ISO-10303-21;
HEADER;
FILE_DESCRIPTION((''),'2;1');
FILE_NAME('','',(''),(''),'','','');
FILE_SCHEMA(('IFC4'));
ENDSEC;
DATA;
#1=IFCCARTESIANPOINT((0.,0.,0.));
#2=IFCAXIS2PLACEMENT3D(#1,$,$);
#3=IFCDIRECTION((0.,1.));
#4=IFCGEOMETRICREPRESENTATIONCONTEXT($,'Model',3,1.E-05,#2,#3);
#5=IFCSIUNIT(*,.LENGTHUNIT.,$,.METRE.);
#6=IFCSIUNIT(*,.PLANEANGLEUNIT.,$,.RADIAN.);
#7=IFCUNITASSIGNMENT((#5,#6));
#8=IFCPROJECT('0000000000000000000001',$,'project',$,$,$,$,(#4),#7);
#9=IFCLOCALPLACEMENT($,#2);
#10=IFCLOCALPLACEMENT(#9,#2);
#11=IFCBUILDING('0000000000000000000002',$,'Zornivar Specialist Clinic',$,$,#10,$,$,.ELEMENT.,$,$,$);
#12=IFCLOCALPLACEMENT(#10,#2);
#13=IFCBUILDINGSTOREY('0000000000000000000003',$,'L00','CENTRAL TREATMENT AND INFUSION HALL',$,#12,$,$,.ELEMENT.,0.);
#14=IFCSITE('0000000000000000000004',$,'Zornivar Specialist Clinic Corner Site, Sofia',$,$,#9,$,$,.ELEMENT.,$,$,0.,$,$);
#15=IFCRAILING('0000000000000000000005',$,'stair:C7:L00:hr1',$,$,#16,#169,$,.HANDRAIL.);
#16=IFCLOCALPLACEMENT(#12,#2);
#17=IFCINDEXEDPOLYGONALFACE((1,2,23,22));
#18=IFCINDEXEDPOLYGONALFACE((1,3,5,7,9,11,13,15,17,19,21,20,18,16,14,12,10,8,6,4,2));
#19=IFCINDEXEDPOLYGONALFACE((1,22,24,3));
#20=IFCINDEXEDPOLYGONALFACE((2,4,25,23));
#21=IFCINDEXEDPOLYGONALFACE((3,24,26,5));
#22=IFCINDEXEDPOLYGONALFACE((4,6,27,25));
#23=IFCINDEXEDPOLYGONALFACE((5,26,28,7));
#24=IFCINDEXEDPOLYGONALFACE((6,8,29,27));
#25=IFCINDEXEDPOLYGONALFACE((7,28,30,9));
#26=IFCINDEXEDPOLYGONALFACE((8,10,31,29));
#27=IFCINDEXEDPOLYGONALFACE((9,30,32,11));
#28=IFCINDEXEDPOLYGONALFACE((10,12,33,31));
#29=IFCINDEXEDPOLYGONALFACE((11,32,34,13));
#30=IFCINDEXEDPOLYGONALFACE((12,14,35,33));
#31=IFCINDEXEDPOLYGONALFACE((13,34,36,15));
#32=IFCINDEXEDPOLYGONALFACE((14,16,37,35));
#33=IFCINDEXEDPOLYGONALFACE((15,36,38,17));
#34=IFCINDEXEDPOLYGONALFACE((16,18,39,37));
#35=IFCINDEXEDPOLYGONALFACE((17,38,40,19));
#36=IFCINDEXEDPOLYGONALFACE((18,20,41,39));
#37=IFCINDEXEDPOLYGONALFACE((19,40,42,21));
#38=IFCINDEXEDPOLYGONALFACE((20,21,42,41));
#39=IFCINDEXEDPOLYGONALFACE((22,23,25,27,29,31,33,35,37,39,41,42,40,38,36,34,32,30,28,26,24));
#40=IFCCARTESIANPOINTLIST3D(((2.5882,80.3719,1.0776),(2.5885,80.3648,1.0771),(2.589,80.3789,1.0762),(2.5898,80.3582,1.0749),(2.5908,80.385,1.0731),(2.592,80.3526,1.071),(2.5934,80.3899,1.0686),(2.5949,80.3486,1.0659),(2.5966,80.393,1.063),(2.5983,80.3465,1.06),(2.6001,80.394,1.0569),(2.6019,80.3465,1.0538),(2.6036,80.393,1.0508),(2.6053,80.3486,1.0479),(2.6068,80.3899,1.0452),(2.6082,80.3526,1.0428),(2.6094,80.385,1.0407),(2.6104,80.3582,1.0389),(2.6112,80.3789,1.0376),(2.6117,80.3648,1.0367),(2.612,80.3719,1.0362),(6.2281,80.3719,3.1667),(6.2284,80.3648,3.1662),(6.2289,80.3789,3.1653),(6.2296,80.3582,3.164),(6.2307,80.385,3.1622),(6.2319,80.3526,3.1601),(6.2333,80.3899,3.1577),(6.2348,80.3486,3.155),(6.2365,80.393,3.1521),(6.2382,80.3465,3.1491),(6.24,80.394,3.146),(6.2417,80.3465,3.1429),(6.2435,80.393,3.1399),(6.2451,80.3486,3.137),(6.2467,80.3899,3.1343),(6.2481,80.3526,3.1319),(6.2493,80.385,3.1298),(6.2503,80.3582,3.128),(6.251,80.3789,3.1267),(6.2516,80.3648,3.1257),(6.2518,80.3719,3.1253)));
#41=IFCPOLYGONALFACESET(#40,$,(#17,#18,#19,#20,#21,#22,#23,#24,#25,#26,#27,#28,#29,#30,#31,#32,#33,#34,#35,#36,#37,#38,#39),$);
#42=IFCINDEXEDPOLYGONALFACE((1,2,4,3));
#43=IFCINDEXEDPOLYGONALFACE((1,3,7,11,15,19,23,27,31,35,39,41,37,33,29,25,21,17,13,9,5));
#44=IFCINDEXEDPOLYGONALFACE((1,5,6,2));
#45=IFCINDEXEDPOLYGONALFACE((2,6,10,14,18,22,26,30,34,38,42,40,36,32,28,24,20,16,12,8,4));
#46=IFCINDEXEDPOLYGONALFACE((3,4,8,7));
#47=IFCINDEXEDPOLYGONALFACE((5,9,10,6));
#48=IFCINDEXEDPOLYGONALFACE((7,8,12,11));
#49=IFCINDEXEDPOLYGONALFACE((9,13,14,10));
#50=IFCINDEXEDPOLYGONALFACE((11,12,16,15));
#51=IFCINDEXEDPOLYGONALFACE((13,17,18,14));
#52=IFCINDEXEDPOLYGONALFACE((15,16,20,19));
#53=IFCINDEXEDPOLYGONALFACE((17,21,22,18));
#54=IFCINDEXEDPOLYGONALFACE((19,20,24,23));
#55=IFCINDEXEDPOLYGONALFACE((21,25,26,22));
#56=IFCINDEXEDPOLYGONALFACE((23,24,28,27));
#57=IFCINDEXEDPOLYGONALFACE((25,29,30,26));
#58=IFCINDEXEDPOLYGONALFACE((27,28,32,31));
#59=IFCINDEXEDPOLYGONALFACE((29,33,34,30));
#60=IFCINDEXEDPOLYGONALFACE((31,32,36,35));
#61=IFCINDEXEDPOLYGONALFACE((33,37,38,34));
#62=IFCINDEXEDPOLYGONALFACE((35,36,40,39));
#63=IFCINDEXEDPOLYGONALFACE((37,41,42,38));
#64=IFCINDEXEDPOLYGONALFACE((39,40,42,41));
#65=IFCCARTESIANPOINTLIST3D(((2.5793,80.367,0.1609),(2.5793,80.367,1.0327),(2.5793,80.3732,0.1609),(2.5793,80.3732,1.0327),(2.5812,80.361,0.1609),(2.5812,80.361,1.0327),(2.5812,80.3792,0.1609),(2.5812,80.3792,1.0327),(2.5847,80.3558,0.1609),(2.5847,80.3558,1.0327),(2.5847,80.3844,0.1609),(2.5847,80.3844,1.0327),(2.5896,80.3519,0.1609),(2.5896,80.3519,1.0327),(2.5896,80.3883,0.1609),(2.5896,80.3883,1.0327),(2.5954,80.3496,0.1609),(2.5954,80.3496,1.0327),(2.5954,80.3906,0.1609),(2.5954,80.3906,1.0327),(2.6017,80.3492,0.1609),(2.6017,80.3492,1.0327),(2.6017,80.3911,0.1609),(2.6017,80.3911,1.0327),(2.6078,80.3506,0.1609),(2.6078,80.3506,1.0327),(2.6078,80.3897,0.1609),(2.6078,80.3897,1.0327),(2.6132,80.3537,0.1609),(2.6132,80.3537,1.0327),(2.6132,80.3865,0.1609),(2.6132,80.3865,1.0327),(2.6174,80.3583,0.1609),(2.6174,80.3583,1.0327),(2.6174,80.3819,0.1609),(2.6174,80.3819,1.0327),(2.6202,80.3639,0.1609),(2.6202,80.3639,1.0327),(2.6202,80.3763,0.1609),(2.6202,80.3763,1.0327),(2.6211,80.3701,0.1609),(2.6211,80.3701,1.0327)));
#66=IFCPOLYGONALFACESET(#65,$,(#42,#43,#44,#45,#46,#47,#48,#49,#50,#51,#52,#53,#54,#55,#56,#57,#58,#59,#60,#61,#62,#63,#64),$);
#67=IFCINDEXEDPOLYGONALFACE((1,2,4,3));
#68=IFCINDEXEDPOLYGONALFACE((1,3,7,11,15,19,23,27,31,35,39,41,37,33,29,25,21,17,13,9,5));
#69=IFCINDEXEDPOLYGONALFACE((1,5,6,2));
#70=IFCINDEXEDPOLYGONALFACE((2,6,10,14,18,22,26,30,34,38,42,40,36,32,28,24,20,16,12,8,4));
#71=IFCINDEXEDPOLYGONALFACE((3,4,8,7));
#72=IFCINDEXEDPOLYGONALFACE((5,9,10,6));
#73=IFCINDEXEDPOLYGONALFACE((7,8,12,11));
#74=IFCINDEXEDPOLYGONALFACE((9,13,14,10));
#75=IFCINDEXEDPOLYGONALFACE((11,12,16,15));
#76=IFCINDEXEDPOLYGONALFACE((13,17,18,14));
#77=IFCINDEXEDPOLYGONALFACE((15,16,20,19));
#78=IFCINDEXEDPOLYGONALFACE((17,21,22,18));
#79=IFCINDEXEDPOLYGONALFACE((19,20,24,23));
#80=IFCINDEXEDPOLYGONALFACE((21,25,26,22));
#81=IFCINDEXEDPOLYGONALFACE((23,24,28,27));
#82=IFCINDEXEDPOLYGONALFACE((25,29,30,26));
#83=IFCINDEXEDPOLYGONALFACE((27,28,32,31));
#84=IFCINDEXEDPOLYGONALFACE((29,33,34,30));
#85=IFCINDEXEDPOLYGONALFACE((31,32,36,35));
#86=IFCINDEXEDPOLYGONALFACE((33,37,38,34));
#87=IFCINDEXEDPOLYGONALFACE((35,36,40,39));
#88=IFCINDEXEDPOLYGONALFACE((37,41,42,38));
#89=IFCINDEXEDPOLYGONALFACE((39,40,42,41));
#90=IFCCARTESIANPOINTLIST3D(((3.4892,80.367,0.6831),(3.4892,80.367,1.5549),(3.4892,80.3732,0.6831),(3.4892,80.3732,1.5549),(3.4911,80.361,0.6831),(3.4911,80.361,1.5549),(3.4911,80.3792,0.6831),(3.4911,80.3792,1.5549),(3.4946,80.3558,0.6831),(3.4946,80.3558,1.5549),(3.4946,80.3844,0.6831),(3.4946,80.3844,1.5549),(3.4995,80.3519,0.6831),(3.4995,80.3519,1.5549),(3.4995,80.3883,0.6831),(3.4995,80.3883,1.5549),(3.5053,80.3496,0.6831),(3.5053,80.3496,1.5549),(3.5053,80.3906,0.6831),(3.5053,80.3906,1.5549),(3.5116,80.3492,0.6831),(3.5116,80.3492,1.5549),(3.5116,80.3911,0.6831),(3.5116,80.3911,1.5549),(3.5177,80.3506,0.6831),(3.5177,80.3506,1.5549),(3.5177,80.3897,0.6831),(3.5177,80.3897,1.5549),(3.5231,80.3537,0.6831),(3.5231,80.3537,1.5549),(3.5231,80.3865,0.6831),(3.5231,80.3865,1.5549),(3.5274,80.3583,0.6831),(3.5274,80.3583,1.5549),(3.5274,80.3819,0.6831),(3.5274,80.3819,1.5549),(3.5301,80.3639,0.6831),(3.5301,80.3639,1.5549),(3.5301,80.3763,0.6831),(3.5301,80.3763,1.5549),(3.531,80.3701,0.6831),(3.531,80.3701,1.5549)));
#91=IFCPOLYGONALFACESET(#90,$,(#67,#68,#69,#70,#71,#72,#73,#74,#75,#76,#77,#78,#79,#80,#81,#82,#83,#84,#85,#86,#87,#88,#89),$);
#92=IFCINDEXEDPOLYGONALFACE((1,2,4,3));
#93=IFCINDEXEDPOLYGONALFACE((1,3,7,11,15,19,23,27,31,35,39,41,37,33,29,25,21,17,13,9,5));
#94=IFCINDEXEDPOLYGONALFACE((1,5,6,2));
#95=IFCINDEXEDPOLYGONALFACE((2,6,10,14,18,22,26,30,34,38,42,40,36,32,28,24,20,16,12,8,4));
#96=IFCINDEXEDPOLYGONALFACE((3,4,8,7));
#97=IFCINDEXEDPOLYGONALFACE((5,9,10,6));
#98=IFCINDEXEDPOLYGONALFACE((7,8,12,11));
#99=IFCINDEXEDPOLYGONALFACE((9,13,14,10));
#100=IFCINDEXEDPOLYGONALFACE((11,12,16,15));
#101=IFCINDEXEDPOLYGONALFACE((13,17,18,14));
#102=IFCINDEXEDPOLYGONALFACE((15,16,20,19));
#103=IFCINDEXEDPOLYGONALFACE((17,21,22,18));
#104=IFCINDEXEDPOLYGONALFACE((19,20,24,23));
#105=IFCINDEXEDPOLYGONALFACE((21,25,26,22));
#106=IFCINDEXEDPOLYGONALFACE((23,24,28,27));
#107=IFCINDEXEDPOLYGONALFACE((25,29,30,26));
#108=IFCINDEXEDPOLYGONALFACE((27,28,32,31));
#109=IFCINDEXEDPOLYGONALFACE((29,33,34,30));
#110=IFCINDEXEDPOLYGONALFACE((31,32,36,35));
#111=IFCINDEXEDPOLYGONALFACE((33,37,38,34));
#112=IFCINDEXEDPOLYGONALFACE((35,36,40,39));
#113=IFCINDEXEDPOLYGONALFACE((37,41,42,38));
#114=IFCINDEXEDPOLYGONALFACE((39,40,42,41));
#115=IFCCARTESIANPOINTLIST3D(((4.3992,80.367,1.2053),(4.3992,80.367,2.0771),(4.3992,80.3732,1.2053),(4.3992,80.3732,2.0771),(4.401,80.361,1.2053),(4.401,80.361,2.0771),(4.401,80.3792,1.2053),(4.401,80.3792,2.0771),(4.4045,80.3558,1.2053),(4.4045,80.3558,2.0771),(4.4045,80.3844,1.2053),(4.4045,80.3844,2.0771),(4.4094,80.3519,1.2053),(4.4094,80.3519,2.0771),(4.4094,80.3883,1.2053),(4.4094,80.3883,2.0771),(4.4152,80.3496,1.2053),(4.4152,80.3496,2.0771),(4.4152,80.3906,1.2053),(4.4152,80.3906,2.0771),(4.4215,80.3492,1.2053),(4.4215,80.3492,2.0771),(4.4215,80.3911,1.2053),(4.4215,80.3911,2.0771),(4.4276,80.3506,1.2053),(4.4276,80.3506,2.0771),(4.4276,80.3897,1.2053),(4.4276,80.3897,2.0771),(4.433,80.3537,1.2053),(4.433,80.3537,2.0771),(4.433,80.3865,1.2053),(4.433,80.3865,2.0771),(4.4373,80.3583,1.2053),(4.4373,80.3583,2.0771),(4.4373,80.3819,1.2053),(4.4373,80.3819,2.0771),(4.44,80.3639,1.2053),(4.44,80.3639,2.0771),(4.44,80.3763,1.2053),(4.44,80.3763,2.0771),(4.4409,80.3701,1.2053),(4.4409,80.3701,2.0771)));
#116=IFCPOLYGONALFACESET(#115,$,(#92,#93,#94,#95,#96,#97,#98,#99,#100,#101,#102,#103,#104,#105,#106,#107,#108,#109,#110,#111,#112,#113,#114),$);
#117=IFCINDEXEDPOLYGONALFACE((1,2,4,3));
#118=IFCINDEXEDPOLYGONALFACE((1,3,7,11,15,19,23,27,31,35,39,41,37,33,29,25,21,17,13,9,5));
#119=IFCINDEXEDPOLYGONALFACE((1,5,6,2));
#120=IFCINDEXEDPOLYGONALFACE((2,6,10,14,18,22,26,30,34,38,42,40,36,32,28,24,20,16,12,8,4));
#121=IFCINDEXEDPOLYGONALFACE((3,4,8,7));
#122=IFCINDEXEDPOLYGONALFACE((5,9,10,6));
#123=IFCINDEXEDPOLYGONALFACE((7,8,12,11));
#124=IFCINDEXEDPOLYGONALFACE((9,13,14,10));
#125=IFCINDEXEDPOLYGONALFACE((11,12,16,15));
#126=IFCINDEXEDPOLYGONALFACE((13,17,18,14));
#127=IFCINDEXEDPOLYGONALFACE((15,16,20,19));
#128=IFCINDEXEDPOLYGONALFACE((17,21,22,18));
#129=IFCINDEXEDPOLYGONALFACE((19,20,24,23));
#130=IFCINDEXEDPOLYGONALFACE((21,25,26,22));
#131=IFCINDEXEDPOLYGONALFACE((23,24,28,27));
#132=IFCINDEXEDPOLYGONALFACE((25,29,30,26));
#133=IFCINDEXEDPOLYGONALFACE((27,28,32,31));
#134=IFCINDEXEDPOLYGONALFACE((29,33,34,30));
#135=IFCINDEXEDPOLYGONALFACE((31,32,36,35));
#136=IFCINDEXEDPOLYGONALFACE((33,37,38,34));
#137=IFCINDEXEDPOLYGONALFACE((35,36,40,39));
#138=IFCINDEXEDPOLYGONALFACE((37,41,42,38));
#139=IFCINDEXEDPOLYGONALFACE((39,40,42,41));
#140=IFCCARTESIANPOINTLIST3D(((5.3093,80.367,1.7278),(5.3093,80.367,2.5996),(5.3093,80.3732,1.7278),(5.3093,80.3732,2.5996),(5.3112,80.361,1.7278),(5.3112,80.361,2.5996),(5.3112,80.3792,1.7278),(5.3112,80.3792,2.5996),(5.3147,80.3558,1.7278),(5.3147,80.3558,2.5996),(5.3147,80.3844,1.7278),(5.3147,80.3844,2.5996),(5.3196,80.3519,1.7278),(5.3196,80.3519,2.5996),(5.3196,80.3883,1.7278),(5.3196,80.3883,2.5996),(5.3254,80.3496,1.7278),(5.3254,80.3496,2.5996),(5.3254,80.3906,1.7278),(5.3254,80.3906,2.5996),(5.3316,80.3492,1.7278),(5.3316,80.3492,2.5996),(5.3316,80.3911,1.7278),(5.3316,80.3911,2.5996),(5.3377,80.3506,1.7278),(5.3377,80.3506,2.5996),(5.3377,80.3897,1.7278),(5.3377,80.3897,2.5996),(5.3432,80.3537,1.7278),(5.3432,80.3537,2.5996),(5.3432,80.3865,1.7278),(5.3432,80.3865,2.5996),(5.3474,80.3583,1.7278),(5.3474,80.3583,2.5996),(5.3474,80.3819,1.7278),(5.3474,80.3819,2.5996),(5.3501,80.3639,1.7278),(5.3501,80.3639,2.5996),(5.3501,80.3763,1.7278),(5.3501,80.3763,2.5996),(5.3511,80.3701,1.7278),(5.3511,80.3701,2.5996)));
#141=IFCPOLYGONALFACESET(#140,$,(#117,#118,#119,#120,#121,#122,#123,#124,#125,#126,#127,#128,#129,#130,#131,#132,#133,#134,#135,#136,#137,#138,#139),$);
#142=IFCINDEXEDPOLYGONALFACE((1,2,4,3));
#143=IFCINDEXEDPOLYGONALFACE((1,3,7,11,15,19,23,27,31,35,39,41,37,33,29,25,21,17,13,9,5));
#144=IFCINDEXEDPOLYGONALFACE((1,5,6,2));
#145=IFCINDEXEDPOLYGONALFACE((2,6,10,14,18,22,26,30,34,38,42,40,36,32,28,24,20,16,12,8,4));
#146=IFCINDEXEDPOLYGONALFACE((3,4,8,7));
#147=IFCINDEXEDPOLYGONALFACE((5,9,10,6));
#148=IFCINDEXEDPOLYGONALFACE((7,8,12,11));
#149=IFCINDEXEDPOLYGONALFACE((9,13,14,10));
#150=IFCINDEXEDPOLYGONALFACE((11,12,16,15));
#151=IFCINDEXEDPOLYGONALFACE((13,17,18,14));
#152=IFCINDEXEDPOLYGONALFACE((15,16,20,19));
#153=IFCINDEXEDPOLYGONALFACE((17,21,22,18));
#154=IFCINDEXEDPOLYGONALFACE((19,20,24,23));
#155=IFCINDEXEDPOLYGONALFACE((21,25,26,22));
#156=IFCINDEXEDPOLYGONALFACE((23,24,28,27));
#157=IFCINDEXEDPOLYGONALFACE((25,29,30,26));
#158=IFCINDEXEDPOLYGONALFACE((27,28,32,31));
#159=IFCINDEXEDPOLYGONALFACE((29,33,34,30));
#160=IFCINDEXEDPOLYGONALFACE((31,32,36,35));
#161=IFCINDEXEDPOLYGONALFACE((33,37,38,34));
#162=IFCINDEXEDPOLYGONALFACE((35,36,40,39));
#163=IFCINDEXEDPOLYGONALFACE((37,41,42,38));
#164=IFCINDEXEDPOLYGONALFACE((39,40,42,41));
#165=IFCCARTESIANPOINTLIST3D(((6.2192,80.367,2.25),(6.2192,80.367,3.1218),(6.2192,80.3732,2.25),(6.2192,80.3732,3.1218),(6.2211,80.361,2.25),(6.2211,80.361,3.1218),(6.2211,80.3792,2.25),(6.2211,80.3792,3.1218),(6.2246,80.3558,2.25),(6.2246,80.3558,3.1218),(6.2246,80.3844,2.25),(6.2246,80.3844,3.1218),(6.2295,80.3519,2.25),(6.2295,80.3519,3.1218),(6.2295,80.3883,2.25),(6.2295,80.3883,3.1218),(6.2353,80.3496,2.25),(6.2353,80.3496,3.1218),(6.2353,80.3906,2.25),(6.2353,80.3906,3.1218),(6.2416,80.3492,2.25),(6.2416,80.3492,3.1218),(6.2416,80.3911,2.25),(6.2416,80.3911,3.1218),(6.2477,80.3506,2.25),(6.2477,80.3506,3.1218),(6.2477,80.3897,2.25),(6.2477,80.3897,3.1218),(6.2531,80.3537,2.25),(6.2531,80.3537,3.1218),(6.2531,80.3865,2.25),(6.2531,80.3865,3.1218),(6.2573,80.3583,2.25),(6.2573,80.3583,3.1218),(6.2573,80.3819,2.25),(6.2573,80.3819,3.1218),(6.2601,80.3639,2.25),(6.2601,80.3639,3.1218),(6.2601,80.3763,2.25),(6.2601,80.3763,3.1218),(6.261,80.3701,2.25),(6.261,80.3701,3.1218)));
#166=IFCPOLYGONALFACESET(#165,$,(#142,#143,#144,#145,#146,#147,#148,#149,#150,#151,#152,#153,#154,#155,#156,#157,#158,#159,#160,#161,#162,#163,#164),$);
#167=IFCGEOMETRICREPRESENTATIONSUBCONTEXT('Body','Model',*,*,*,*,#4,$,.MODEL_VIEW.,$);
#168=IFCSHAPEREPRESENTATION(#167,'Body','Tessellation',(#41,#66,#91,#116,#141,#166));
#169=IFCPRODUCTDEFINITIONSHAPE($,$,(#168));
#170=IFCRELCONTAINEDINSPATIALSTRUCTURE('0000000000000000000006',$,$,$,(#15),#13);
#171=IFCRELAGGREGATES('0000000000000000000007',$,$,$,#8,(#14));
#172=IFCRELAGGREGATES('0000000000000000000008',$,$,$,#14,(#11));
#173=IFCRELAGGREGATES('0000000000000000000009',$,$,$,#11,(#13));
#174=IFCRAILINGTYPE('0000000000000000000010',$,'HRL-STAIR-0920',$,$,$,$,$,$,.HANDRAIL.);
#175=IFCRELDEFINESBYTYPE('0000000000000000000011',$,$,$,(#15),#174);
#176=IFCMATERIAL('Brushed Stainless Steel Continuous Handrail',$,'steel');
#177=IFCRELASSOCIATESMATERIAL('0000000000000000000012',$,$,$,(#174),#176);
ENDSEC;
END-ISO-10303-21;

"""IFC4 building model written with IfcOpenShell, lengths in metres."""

from ifc_helpers import new_model, si_unit, direction, frame, origin, origin_2d, place, context, subcontext, project, spatial, circle, extrude, material, type_object, element, save


model = new_model("IFC4")

# Units and contexts
model_context = context("Model", 3, precision=1e-05, world=origin(), true_north=direction((0.0, 1.0)))
body_context = subcontext(model_context, "Body", "Model", "MODEL_VIEW")
ifc_project = project(units=[si_unit("LENGTHUNIT", "METRE"), si_unit("PLANEANGLEUNIT", "RADIAN")], contexts=[model_context])

# Site, building, storey
site_placement = place(None, origin())
site = spatial("IfcSite", under=ifc_project, at=site_placement, Name="Zornivar Specialist Clinic Corner Site, Sofia", CompositionType="ELEMENT", RefElevation=0.0)
building_placement = place(site_placement, origin())
building = spatial("IfcBuilding", under=site, at=building_placement, Name="Zornivar Specialist Clinic", CompositionType="ELEMENT")
storey_placement = place(building_placement, origin())
storey = spatial("IfcBuildingStorey", under=building, at=storey_placement, Name="L00", Description="CENTRAL TREATMENT AND INFUSION HALL", CompositionType="ELEMENT", Elevation=0.0)

# Railing
ifc_material_1 = material(Name="Brushed Stainless Steel Continuous Handrail", Category="steel")
railing_type_1 = type_object("IfcRailingType", Name="HRL-STAIR-0920", PredefinedType="HANDRAIL", material=ifc_material_1)
railing_1_placement = place(storey_placement, frame((2.6001, 80.3701, 0.1609)))
element("IfcRailing", 1, at=railing_1_placement, inside=storey, type_object=railing_type_1, Name="stair:C7:L00:hr1", PredefinedType="HANDRAIL", context=body_context, shape_type="SweptSolid", body=[
    extrude(circle(Radius=0.0239, at=origin_2d()), frame((0.0, 0.0, 0.896), z_axis=(0.8673, 0.0, 0.497786), x_axis=(0.0, 1.0, 0.0)), (0.0, 0.0, 1.0), 4.1968),
    extrude(circle(Radius=0.021, at=origin_2d()), origin(), (0.0, 0.0, 1.0), 0.8718),
    extrude(circle(Radius=0.021, at=origin_2d()), frame((0.9099, 0.0, 0.5222)), (0.0, 0.0, 1.0), 0.8718),
    extrude(circle(Radius=0.021, at=origin_2d()), frame((1.8198, 0.0, 1.0444)), (0.0, 0.0, 1.0), 0.8718),
    extrude(circle(Radius=0.021, at=origin_2d()), frame((2.73, 0.0, 1.5669)), (0.0, 0.0, 1.0), 0.8718),
    extrude(circle(Radius=0.021, at=origin_2d()), frame((3.6399, 0.0, 2.0891)), (0.0, 0.0, 1.0), 0.8718),
])

save(model, "model.ifc")
